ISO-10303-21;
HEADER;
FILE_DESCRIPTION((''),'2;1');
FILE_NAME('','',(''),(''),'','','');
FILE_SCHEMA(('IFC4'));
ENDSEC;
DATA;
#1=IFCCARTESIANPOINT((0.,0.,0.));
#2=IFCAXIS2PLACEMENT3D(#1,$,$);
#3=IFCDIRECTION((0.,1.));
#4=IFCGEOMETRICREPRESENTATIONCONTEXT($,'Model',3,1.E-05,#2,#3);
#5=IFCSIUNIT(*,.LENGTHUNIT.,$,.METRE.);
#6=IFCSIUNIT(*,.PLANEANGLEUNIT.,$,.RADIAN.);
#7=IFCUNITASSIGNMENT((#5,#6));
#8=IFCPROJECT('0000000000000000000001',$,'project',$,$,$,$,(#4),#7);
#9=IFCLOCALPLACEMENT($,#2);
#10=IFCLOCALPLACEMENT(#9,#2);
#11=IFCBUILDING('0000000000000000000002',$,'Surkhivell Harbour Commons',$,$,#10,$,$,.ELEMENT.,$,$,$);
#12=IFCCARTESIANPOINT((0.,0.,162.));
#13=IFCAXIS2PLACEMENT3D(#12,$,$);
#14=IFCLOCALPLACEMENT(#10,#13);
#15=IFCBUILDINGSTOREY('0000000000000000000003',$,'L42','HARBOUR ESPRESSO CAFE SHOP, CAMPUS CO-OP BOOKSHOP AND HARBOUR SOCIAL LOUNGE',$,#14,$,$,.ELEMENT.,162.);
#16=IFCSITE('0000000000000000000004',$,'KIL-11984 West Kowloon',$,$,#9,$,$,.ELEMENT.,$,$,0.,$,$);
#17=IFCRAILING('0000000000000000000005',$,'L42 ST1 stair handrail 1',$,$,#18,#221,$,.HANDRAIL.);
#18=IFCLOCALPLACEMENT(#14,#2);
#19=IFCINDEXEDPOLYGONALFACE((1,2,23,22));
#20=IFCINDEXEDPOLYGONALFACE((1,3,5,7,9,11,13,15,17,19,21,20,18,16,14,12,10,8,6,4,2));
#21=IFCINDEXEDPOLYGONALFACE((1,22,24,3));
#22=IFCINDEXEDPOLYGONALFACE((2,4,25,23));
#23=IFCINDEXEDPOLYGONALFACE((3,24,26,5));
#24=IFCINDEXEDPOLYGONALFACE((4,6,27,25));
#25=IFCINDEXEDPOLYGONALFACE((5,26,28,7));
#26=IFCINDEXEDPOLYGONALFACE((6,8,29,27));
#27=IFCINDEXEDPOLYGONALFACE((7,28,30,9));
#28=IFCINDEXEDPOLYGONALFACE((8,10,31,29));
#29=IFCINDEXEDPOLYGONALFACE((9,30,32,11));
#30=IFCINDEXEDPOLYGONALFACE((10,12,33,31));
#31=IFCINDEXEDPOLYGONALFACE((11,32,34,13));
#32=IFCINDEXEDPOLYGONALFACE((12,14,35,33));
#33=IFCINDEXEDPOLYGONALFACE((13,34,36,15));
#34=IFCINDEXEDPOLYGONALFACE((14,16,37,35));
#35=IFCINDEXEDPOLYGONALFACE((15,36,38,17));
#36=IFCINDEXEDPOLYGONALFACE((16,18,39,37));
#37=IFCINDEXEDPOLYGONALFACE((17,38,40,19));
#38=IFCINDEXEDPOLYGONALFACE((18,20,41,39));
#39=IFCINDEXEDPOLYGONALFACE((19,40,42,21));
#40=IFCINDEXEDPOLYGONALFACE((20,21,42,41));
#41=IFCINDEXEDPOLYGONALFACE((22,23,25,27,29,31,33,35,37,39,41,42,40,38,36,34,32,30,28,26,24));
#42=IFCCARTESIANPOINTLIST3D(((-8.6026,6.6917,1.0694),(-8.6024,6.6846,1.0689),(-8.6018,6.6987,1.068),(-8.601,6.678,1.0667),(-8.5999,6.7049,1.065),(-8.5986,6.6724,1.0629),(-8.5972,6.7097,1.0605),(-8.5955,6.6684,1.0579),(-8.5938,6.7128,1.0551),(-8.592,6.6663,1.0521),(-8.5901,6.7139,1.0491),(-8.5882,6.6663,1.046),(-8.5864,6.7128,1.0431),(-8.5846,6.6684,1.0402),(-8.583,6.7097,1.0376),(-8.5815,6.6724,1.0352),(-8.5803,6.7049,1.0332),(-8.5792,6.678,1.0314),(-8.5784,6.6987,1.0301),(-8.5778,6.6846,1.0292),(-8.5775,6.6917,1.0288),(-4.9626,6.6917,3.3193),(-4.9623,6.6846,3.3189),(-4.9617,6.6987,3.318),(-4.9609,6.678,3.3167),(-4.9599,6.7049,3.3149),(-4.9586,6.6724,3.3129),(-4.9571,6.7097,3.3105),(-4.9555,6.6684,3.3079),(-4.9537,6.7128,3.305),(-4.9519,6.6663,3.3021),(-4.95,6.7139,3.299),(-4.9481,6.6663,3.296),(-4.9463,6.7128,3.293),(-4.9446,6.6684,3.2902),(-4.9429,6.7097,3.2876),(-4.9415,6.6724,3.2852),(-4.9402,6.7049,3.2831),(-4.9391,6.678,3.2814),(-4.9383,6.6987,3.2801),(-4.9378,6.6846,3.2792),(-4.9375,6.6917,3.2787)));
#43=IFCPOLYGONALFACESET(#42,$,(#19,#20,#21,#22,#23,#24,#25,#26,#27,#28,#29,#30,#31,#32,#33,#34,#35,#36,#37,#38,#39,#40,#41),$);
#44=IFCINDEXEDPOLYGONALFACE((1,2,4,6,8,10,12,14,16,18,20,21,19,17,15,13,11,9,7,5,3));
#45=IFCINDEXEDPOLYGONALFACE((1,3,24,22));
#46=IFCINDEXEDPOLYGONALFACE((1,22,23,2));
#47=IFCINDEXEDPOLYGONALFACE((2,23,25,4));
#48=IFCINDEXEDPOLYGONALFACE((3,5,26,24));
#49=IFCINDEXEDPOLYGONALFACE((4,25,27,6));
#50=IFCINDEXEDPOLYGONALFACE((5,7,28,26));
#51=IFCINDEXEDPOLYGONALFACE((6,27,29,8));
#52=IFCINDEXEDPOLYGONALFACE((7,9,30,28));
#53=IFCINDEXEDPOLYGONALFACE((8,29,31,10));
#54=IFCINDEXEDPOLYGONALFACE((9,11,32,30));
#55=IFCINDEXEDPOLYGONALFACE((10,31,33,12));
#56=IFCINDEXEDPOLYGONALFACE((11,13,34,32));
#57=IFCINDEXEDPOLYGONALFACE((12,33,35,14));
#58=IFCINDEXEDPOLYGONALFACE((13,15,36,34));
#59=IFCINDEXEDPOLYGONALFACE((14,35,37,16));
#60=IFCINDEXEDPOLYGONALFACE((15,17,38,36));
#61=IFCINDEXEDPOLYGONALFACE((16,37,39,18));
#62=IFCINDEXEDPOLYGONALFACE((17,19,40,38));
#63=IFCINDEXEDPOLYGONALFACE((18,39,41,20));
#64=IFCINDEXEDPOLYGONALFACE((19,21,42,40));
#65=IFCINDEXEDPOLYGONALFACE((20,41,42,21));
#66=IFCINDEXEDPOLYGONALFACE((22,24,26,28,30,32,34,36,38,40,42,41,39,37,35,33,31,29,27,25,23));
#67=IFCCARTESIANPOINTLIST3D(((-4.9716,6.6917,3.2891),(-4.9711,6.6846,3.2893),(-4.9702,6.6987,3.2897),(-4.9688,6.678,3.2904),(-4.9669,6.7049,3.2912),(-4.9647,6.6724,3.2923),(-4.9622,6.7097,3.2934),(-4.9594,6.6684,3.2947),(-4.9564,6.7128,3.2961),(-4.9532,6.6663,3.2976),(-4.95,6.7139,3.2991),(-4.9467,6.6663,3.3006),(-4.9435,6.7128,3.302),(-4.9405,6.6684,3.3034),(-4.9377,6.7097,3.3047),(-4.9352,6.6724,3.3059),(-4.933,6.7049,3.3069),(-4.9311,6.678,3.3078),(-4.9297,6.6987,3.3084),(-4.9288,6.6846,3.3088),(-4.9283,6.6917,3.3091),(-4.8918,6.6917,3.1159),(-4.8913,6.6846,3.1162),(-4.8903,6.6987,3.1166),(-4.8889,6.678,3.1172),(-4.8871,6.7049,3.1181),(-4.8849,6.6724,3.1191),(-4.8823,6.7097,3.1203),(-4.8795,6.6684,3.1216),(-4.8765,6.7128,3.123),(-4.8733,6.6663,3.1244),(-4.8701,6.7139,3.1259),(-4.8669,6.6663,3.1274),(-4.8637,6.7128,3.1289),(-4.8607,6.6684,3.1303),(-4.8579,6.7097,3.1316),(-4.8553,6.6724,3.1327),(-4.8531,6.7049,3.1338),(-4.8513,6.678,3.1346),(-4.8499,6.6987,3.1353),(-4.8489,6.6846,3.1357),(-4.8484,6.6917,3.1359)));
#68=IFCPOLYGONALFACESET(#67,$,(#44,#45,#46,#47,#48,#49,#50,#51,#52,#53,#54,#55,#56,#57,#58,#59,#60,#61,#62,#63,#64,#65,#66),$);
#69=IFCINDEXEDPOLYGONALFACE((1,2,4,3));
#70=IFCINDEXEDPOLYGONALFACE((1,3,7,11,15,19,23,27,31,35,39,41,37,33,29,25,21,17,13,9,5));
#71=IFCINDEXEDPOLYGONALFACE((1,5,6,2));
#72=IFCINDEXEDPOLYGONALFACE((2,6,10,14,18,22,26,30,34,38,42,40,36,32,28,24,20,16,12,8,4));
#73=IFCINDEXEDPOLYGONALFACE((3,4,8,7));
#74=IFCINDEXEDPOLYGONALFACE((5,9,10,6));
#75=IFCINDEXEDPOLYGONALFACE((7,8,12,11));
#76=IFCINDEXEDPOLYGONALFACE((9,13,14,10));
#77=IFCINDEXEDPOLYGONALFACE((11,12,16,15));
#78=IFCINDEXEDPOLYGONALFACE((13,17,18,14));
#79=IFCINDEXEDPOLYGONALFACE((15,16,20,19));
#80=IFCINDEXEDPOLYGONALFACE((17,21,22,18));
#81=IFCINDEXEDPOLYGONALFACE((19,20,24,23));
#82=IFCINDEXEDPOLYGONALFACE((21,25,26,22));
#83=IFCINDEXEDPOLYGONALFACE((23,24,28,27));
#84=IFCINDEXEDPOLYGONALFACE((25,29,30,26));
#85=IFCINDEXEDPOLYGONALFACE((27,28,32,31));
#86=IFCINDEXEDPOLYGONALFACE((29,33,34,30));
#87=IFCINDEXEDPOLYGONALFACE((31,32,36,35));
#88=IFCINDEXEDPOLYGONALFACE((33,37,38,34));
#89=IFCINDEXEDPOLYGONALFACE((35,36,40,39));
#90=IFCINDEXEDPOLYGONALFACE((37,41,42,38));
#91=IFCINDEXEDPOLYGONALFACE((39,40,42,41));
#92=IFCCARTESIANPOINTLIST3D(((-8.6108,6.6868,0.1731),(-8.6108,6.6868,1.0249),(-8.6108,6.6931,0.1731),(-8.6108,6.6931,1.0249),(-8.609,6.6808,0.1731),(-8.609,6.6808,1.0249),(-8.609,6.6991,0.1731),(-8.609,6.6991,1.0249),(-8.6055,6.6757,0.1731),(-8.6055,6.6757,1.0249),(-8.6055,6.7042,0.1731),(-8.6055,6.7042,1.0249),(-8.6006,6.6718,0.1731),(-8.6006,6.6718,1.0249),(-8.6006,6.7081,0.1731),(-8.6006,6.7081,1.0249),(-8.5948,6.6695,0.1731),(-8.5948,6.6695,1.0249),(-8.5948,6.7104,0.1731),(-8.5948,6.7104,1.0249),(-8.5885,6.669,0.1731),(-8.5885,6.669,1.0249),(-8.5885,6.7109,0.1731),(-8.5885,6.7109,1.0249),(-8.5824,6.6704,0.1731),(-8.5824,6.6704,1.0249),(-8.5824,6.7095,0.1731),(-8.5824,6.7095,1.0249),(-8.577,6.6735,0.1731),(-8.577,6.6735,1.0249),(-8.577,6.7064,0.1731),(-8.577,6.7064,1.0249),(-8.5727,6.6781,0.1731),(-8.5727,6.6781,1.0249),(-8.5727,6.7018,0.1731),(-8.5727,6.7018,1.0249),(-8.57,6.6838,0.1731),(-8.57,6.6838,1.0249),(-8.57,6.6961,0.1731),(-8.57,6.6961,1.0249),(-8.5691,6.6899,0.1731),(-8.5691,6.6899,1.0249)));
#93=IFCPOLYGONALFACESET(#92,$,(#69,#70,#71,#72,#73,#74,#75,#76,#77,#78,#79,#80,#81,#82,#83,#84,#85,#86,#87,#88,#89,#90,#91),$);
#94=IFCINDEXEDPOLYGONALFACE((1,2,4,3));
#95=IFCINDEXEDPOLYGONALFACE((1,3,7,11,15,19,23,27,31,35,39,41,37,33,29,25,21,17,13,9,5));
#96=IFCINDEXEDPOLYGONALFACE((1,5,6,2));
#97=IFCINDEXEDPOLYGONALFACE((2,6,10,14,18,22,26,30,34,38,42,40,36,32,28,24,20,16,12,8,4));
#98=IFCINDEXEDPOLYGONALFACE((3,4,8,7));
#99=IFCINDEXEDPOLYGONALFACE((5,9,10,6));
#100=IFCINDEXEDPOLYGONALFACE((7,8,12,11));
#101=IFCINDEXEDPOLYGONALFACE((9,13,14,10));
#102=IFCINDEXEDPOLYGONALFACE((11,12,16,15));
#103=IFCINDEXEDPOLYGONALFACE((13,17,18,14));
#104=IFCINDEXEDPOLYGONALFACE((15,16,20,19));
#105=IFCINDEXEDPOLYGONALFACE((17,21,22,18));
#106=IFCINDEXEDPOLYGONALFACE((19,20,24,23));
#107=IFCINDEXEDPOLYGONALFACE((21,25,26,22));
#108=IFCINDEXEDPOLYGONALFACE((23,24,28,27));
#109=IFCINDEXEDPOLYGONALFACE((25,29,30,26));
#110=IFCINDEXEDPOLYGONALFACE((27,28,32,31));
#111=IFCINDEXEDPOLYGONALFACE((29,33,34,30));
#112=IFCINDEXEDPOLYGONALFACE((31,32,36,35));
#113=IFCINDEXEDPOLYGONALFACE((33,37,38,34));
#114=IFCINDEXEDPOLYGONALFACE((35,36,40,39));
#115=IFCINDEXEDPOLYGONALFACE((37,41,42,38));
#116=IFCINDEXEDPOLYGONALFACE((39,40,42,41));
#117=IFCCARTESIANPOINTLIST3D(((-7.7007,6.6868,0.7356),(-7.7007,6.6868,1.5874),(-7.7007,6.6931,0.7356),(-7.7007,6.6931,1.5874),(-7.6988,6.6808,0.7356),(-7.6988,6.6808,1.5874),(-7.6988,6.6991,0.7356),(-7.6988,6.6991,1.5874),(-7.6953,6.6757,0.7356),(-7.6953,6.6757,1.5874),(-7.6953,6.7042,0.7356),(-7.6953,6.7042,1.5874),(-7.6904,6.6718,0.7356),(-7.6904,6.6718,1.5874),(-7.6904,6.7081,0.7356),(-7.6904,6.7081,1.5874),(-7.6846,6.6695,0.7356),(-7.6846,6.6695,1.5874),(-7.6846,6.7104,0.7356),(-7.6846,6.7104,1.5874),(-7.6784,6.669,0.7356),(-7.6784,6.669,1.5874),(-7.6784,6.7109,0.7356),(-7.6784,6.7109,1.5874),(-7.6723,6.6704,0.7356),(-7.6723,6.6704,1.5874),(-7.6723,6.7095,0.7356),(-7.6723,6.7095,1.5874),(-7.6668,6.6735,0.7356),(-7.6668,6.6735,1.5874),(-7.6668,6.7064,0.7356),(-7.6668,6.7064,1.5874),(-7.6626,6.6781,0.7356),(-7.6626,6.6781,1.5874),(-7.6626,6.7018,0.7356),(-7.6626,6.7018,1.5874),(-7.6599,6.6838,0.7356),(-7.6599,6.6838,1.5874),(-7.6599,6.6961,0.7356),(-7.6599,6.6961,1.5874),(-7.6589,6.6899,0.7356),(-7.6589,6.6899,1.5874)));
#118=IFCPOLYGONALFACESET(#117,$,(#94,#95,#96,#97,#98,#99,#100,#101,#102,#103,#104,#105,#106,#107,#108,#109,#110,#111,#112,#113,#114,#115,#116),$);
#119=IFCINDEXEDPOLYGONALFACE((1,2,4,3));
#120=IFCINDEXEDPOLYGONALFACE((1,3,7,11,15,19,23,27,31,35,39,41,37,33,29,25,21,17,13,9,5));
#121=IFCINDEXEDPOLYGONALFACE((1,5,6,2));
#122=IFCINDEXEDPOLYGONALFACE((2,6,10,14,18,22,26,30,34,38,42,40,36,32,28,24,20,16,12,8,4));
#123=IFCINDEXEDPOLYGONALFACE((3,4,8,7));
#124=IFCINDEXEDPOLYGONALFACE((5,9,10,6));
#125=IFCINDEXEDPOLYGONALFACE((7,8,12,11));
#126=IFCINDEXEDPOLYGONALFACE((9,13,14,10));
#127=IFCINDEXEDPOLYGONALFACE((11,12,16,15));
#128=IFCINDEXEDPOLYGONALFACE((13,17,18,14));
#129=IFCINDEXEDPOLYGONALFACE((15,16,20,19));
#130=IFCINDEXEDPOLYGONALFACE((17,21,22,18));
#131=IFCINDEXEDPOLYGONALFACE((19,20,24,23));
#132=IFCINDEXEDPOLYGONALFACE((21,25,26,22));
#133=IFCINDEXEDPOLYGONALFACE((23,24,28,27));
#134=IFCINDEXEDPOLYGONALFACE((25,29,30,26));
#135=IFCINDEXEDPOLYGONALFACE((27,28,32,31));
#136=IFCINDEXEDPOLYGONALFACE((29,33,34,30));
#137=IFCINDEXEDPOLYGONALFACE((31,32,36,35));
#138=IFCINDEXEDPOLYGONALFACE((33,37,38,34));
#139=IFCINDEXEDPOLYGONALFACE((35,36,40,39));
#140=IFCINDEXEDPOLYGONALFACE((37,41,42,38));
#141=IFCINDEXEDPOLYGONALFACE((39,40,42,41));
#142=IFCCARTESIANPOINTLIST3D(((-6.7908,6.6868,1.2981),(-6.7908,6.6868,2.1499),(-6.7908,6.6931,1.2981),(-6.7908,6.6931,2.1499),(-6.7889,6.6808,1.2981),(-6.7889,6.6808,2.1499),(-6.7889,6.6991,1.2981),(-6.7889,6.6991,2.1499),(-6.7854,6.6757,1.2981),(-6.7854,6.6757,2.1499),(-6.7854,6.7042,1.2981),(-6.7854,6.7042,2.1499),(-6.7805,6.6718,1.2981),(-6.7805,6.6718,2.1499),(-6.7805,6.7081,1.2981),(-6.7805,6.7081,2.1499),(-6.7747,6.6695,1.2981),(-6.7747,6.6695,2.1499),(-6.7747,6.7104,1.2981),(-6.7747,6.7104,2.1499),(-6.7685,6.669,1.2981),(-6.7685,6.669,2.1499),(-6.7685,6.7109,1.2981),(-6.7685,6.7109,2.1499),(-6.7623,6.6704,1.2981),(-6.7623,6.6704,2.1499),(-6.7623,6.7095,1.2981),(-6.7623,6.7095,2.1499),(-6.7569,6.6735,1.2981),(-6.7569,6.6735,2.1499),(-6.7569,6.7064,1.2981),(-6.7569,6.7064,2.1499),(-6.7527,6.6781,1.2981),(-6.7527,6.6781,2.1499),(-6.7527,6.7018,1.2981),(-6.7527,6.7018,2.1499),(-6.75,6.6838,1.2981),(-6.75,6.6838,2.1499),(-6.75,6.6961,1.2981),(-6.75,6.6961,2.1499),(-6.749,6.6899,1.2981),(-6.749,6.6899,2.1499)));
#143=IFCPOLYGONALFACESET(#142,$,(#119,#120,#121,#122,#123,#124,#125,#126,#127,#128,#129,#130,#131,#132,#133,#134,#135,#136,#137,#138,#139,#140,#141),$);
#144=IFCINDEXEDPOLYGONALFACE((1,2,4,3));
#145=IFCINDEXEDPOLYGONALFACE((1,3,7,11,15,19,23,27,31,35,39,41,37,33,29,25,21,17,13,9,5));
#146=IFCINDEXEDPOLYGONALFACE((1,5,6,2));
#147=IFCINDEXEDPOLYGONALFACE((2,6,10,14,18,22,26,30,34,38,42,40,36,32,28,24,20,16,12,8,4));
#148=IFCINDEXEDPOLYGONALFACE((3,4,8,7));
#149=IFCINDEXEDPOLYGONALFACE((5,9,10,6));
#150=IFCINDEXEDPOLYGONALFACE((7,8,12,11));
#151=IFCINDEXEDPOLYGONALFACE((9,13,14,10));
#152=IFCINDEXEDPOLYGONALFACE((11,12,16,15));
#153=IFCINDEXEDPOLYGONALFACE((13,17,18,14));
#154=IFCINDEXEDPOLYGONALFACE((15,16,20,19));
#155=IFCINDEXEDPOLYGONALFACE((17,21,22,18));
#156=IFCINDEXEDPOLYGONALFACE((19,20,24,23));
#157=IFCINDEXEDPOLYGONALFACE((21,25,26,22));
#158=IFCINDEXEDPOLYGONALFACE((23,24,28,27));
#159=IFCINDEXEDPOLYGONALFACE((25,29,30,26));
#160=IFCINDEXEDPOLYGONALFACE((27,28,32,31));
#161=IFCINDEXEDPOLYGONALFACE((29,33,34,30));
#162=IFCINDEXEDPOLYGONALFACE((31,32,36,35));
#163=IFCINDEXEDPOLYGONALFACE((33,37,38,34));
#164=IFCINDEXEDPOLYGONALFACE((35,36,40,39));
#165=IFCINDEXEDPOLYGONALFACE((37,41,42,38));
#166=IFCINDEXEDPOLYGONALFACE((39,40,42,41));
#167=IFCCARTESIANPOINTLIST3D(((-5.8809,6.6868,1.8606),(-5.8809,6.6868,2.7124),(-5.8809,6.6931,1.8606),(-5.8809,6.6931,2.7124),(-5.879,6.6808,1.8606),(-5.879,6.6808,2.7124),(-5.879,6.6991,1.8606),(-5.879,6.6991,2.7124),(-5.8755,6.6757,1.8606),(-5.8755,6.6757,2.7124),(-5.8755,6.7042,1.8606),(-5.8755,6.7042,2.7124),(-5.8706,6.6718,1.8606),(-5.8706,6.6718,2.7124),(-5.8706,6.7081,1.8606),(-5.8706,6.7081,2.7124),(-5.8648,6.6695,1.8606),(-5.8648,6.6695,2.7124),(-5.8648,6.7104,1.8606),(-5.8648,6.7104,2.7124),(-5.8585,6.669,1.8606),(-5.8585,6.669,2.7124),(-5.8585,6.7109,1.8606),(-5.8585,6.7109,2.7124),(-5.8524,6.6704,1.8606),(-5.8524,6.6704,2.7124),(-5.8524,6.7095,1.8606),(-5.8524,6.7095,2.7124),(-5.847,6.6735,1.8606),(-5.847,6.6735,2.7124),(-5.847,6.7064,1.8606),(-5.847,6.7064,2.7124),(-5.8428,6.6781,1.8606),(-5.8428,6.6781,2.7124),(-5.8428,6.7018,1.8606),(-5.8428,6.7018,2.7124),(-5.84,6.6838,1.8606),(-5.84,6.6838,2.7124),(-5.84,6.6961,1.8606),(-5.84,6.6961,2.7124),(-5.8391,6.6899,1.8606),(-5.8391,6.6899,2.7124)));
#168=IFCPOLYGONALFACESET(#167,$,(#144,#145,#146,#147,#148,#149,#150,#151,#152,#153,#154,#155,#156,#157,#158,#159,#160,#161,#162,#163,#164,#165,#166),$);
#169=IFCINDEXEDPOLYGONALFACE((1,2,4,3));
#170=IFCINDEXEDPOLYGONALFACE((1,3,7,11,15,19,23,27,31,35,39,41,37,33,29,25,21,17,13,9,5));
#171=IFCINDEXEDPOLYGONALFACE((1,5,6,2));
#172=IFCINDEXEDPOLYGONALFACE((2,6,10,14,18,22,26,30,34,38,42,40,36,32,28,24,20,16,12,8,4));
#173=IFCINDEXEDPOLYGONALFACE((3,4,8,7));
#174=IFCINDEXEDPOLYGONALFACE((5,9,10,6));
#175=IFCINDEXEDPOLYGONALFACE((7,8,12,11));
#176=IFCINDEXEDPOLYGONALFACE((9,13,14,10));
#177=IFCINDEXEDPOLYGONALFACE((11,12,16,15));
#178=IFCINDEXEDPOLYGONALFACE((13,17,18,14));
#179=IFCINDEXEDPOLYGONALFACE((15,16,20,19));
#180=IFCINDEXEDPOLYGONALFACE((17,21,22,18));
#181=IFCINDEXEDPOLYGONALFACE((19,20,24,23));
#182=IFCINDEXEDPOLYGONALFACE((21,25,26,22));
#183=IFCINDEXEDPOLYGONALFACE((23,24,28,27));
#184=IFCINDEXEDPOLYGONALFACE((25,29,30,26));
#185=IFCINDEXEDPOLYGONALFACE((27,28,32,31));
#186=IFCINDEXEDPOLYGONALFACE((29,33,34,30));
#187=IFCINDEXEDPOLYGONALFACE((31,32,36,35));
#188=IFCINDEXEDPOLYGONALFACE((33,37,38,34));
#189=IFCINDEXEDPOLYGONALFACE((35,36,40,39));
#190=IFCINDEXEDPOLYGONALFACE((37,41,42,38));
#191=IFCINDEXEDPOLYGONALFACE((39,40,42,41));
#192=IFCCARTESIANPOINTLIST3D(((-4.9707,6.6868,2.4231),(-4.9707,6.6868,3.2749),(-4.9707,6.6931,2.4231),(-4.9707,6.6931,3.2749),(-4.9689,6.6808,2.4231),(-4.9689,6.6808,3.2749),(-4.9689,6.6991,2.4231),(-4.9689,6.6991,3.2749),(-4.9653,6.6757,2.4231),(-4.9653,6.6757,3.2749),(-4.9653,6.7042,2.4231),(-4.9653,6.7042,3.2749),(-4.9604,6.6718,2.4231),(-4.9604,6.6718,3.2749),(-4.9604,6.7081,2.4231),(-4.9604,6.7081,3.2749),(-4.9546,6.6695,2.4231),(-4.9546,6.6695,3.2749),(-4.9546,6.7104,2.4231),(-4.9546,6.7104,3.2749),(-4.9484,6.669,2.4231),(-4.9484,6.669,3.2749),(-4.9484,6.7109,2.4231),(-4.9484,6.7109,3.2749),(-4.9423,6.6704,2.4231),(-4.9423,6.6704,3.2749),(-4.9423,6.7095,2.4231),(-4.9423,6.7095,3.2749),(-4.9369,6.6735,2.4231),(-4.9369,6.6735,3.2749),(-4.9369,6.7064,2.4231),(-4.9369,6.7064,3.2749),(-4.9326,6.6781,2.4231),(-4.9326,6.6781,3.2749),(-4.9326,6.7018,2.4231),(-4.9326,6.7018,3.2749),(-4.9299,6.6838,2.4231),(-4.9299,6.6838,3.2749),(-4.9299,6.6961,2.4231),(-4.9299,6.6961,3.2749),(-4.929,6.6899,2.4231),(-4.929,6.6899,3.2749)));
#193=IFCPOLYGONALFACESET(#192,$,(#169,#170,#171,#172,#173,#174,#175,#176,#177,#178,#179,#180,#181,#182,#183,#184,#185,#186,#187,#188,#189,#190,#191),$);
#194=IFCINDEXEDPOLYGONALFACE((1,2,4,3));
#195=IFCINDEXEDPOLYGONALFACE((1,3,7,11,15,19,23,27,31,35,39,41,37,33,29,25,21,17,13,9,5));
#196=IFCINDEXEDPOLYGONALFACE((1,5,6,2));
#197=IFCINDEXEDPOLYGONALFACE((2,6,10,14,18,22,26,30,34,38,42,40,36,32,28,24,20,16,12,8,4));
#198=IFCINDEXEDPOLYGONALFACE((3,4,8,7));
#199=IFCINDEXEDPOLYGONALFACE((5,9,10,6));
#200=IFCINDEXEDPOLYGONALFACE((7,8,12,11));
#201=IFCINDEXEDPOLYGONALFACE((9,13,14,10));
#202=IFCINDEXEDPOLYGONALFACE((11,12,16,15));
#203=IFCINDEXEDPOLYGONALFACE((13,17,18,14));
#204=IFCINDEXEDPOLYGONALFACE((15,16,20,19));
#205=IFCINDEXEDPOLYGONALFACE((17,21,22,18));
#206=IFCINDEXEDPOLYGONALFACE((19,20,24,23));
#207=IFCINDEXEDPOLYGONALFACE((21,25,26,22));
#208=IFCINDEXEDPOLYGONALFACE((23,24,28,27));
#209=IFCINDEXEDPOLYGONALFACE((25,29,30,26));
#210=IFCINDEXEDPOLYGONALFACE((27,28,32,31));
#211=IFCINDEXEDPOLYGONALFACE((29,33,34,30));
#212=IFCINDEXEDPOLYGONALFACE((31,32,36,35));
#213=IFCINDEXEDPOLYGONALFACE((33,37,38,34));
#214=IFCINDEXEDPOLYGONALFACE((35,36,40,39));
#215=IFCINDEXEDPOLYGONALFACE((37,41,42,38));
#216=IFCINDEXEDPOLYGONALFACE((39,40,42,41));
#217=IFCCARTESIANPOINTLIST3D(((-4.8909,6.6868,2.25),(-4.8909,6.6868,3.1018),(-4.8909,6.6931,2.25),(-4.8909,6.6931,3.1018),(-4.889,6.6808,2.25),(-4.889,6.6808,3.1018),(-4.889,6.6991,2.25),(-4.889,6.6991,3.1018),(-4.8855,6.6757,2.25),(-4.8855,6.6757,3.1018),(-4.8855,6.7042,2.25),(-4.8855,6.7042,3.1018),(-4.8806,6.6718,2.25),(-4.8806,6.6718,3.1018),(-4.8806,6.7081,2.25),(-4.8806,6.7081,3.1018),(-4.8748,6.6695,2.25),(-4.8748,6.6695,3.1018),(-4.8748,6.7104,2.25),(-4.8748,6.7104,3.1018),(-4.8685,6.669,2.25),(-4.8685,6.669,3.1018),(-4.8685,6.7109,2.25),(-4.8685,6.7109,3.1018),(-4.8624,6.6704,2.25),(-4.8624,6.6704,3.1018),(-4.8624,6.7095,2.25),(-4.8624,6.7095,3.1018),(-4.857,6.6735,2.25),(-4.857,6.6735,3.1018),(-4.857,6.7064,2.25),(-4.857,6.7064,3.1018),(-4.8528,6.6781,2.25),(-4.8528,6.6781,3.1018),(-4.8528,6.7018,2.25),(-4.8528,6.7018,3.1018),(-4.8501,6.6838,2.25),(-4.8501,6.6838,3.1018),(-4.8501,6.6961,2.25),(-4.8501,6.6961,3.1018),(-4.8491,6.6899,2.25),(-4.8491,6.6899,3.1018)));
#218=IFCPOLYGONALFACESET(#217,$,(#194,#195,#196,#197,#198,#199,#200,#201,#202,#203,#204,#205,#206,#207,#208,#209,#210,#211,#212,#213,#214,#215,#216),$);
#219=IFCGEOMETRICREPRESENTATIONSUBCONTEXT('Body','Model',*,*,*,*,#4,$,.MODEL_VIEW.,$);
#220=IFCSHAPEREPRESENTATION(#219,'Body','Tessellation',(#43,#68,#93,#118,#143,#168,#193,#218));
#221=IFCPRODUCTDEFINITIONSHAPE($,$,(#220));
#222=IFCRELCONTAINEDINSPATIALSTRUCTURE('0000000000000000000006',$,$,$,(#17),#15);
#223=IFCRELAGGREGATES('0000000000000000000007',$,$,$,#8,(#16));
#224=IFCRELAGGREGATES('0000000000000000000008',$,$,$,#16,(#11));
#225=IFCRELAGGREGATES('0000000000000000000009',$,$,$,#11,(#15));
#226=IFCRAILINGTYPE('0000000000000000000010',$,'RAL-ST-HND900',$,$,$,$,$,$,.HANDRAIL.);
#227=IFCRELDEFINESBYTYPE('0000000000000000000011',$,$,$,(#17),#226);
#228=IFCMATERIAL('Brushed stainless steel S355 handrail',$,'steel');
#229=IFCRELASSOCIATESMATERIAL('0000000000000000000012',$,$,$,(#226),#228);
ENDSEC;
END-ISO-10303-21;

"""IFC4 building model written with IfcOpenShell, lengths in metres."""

from ifc_helpers import new_model, si_unit, direction, frame, origin, origin_2d, place, context, subcontext, project, spatial, circle, extrude, material, type_object, element, save


model = new_model("IFC4")

# Units and contexts
model_context = context("Model", 3, precision=1e-05, world=origin(), true_north=direction((0.0, 1.0)))
body_context = subcontext(model_context, "Body", "Model", "MODEL_VIEW")
ifc_project = project(units=[si_unit("LENGTHUNIT", "METRE"), si_unit("PLANEANGLEUNIT", "RADIAN")], contexts=[model_context])

# Site, building, storey
site_placement = place(None, origin())
site = spatial("IfcSite", under=ifc_project, at=site_placement, Name="KIL-11984 West Kowloon", CompositionType="ELEMENT", RefElevation=0.0)
building_placement = place(site_placement, origin())
building = spatial("IfcBuilding", under=site, at=building_placement, Name="Surkhivell Harbour Commons", CompositionType="ELEMENT")
storey_placement = place(building_placement, frame((0.0, 0.0, 162.0)))
storey = spatial("IfcBuildingStorey", under=building, at=storey_placement, Name="L42", Description="HARBOUR ESPRESSO CAFE SHOP, CAMPUS CO-OP BOOKSHOP AND HARBOUR SOCIAL LOUNGE", CompositionType="ELEMENT", Elevation=162.0)

# Railing
ifc_material_1 = material(Name="Brushed stainless steel S355 handrail", Category="steel")
railing_type_1 = type_object("IfcRailingType", Name="RAL-ST-HND900", PredefinedType="HANDRAIL", material=ifc_material_1)
railing_1_placement = place(storey_placement, frame((-8.5901, 6.6899, 0.1731)))
element("IfcRailing", 1, at=railing_1_placement, inside=storey, type_object=railing_type_1, Name="L42 ST1 stair handrail 1", PredefinedType="HANDRAIL", context=body_context, shape_type="SweptSolid", body=[
    extrude(circle(Radius=0.0239, at=origin_2d()), frame((0.0, 0.0, 0.876), z_axis=(0.850622, 0.0, 0.525777), x_axis=(0.0, 1.0, 0.0)), (0.0, 0.0, 1.0), 4.2793),
    extrude(circle(Radius=0.0239, at=origin_2d()), frame((3.6401, 0.0, 3.126), z_axis=(0.418815, 0.0, -0.908072), x_axis=(0.0, 1.0, 0.0)), (0.0, 0.0, 1.0), 0.1907),
    extrude(circle(Radius=0.021, at=origin_2d()), origin(), (0.0, 0.0, 1.0), 0.8518),
    extrude(circle(Radius=0.021, at=origin_2d()), frame((0.9102, 0.0, 0.5625)), (0.0, 0.0, 1.0), 0.8518),
    extrude(circle(Radius=0.021, at=origin_2d()), frame((1.8201, 0.0, 1.125)), (0.0, 0.0, 1.0), 0.8518),
    extrude(circle(Radius=0.021, at=origin_2d()), frame((2.73, 0.0, 1.6875)), (0.0, 0.0, 1.0), 0.8518),
    extrude(circle(Radius=0.021, at=origin_2d()), frame((3.6401, 0.0, 2.25)), (0.0, 0.0, 1.0), 0.8518),
    extrude(circle(Radius=0.021, at=origin_2d()), frame((3.72, 0.0, 2.0769)), (0.0, 0.0, 1.0), 0.8518),
])

save(model, "model.ifc")
